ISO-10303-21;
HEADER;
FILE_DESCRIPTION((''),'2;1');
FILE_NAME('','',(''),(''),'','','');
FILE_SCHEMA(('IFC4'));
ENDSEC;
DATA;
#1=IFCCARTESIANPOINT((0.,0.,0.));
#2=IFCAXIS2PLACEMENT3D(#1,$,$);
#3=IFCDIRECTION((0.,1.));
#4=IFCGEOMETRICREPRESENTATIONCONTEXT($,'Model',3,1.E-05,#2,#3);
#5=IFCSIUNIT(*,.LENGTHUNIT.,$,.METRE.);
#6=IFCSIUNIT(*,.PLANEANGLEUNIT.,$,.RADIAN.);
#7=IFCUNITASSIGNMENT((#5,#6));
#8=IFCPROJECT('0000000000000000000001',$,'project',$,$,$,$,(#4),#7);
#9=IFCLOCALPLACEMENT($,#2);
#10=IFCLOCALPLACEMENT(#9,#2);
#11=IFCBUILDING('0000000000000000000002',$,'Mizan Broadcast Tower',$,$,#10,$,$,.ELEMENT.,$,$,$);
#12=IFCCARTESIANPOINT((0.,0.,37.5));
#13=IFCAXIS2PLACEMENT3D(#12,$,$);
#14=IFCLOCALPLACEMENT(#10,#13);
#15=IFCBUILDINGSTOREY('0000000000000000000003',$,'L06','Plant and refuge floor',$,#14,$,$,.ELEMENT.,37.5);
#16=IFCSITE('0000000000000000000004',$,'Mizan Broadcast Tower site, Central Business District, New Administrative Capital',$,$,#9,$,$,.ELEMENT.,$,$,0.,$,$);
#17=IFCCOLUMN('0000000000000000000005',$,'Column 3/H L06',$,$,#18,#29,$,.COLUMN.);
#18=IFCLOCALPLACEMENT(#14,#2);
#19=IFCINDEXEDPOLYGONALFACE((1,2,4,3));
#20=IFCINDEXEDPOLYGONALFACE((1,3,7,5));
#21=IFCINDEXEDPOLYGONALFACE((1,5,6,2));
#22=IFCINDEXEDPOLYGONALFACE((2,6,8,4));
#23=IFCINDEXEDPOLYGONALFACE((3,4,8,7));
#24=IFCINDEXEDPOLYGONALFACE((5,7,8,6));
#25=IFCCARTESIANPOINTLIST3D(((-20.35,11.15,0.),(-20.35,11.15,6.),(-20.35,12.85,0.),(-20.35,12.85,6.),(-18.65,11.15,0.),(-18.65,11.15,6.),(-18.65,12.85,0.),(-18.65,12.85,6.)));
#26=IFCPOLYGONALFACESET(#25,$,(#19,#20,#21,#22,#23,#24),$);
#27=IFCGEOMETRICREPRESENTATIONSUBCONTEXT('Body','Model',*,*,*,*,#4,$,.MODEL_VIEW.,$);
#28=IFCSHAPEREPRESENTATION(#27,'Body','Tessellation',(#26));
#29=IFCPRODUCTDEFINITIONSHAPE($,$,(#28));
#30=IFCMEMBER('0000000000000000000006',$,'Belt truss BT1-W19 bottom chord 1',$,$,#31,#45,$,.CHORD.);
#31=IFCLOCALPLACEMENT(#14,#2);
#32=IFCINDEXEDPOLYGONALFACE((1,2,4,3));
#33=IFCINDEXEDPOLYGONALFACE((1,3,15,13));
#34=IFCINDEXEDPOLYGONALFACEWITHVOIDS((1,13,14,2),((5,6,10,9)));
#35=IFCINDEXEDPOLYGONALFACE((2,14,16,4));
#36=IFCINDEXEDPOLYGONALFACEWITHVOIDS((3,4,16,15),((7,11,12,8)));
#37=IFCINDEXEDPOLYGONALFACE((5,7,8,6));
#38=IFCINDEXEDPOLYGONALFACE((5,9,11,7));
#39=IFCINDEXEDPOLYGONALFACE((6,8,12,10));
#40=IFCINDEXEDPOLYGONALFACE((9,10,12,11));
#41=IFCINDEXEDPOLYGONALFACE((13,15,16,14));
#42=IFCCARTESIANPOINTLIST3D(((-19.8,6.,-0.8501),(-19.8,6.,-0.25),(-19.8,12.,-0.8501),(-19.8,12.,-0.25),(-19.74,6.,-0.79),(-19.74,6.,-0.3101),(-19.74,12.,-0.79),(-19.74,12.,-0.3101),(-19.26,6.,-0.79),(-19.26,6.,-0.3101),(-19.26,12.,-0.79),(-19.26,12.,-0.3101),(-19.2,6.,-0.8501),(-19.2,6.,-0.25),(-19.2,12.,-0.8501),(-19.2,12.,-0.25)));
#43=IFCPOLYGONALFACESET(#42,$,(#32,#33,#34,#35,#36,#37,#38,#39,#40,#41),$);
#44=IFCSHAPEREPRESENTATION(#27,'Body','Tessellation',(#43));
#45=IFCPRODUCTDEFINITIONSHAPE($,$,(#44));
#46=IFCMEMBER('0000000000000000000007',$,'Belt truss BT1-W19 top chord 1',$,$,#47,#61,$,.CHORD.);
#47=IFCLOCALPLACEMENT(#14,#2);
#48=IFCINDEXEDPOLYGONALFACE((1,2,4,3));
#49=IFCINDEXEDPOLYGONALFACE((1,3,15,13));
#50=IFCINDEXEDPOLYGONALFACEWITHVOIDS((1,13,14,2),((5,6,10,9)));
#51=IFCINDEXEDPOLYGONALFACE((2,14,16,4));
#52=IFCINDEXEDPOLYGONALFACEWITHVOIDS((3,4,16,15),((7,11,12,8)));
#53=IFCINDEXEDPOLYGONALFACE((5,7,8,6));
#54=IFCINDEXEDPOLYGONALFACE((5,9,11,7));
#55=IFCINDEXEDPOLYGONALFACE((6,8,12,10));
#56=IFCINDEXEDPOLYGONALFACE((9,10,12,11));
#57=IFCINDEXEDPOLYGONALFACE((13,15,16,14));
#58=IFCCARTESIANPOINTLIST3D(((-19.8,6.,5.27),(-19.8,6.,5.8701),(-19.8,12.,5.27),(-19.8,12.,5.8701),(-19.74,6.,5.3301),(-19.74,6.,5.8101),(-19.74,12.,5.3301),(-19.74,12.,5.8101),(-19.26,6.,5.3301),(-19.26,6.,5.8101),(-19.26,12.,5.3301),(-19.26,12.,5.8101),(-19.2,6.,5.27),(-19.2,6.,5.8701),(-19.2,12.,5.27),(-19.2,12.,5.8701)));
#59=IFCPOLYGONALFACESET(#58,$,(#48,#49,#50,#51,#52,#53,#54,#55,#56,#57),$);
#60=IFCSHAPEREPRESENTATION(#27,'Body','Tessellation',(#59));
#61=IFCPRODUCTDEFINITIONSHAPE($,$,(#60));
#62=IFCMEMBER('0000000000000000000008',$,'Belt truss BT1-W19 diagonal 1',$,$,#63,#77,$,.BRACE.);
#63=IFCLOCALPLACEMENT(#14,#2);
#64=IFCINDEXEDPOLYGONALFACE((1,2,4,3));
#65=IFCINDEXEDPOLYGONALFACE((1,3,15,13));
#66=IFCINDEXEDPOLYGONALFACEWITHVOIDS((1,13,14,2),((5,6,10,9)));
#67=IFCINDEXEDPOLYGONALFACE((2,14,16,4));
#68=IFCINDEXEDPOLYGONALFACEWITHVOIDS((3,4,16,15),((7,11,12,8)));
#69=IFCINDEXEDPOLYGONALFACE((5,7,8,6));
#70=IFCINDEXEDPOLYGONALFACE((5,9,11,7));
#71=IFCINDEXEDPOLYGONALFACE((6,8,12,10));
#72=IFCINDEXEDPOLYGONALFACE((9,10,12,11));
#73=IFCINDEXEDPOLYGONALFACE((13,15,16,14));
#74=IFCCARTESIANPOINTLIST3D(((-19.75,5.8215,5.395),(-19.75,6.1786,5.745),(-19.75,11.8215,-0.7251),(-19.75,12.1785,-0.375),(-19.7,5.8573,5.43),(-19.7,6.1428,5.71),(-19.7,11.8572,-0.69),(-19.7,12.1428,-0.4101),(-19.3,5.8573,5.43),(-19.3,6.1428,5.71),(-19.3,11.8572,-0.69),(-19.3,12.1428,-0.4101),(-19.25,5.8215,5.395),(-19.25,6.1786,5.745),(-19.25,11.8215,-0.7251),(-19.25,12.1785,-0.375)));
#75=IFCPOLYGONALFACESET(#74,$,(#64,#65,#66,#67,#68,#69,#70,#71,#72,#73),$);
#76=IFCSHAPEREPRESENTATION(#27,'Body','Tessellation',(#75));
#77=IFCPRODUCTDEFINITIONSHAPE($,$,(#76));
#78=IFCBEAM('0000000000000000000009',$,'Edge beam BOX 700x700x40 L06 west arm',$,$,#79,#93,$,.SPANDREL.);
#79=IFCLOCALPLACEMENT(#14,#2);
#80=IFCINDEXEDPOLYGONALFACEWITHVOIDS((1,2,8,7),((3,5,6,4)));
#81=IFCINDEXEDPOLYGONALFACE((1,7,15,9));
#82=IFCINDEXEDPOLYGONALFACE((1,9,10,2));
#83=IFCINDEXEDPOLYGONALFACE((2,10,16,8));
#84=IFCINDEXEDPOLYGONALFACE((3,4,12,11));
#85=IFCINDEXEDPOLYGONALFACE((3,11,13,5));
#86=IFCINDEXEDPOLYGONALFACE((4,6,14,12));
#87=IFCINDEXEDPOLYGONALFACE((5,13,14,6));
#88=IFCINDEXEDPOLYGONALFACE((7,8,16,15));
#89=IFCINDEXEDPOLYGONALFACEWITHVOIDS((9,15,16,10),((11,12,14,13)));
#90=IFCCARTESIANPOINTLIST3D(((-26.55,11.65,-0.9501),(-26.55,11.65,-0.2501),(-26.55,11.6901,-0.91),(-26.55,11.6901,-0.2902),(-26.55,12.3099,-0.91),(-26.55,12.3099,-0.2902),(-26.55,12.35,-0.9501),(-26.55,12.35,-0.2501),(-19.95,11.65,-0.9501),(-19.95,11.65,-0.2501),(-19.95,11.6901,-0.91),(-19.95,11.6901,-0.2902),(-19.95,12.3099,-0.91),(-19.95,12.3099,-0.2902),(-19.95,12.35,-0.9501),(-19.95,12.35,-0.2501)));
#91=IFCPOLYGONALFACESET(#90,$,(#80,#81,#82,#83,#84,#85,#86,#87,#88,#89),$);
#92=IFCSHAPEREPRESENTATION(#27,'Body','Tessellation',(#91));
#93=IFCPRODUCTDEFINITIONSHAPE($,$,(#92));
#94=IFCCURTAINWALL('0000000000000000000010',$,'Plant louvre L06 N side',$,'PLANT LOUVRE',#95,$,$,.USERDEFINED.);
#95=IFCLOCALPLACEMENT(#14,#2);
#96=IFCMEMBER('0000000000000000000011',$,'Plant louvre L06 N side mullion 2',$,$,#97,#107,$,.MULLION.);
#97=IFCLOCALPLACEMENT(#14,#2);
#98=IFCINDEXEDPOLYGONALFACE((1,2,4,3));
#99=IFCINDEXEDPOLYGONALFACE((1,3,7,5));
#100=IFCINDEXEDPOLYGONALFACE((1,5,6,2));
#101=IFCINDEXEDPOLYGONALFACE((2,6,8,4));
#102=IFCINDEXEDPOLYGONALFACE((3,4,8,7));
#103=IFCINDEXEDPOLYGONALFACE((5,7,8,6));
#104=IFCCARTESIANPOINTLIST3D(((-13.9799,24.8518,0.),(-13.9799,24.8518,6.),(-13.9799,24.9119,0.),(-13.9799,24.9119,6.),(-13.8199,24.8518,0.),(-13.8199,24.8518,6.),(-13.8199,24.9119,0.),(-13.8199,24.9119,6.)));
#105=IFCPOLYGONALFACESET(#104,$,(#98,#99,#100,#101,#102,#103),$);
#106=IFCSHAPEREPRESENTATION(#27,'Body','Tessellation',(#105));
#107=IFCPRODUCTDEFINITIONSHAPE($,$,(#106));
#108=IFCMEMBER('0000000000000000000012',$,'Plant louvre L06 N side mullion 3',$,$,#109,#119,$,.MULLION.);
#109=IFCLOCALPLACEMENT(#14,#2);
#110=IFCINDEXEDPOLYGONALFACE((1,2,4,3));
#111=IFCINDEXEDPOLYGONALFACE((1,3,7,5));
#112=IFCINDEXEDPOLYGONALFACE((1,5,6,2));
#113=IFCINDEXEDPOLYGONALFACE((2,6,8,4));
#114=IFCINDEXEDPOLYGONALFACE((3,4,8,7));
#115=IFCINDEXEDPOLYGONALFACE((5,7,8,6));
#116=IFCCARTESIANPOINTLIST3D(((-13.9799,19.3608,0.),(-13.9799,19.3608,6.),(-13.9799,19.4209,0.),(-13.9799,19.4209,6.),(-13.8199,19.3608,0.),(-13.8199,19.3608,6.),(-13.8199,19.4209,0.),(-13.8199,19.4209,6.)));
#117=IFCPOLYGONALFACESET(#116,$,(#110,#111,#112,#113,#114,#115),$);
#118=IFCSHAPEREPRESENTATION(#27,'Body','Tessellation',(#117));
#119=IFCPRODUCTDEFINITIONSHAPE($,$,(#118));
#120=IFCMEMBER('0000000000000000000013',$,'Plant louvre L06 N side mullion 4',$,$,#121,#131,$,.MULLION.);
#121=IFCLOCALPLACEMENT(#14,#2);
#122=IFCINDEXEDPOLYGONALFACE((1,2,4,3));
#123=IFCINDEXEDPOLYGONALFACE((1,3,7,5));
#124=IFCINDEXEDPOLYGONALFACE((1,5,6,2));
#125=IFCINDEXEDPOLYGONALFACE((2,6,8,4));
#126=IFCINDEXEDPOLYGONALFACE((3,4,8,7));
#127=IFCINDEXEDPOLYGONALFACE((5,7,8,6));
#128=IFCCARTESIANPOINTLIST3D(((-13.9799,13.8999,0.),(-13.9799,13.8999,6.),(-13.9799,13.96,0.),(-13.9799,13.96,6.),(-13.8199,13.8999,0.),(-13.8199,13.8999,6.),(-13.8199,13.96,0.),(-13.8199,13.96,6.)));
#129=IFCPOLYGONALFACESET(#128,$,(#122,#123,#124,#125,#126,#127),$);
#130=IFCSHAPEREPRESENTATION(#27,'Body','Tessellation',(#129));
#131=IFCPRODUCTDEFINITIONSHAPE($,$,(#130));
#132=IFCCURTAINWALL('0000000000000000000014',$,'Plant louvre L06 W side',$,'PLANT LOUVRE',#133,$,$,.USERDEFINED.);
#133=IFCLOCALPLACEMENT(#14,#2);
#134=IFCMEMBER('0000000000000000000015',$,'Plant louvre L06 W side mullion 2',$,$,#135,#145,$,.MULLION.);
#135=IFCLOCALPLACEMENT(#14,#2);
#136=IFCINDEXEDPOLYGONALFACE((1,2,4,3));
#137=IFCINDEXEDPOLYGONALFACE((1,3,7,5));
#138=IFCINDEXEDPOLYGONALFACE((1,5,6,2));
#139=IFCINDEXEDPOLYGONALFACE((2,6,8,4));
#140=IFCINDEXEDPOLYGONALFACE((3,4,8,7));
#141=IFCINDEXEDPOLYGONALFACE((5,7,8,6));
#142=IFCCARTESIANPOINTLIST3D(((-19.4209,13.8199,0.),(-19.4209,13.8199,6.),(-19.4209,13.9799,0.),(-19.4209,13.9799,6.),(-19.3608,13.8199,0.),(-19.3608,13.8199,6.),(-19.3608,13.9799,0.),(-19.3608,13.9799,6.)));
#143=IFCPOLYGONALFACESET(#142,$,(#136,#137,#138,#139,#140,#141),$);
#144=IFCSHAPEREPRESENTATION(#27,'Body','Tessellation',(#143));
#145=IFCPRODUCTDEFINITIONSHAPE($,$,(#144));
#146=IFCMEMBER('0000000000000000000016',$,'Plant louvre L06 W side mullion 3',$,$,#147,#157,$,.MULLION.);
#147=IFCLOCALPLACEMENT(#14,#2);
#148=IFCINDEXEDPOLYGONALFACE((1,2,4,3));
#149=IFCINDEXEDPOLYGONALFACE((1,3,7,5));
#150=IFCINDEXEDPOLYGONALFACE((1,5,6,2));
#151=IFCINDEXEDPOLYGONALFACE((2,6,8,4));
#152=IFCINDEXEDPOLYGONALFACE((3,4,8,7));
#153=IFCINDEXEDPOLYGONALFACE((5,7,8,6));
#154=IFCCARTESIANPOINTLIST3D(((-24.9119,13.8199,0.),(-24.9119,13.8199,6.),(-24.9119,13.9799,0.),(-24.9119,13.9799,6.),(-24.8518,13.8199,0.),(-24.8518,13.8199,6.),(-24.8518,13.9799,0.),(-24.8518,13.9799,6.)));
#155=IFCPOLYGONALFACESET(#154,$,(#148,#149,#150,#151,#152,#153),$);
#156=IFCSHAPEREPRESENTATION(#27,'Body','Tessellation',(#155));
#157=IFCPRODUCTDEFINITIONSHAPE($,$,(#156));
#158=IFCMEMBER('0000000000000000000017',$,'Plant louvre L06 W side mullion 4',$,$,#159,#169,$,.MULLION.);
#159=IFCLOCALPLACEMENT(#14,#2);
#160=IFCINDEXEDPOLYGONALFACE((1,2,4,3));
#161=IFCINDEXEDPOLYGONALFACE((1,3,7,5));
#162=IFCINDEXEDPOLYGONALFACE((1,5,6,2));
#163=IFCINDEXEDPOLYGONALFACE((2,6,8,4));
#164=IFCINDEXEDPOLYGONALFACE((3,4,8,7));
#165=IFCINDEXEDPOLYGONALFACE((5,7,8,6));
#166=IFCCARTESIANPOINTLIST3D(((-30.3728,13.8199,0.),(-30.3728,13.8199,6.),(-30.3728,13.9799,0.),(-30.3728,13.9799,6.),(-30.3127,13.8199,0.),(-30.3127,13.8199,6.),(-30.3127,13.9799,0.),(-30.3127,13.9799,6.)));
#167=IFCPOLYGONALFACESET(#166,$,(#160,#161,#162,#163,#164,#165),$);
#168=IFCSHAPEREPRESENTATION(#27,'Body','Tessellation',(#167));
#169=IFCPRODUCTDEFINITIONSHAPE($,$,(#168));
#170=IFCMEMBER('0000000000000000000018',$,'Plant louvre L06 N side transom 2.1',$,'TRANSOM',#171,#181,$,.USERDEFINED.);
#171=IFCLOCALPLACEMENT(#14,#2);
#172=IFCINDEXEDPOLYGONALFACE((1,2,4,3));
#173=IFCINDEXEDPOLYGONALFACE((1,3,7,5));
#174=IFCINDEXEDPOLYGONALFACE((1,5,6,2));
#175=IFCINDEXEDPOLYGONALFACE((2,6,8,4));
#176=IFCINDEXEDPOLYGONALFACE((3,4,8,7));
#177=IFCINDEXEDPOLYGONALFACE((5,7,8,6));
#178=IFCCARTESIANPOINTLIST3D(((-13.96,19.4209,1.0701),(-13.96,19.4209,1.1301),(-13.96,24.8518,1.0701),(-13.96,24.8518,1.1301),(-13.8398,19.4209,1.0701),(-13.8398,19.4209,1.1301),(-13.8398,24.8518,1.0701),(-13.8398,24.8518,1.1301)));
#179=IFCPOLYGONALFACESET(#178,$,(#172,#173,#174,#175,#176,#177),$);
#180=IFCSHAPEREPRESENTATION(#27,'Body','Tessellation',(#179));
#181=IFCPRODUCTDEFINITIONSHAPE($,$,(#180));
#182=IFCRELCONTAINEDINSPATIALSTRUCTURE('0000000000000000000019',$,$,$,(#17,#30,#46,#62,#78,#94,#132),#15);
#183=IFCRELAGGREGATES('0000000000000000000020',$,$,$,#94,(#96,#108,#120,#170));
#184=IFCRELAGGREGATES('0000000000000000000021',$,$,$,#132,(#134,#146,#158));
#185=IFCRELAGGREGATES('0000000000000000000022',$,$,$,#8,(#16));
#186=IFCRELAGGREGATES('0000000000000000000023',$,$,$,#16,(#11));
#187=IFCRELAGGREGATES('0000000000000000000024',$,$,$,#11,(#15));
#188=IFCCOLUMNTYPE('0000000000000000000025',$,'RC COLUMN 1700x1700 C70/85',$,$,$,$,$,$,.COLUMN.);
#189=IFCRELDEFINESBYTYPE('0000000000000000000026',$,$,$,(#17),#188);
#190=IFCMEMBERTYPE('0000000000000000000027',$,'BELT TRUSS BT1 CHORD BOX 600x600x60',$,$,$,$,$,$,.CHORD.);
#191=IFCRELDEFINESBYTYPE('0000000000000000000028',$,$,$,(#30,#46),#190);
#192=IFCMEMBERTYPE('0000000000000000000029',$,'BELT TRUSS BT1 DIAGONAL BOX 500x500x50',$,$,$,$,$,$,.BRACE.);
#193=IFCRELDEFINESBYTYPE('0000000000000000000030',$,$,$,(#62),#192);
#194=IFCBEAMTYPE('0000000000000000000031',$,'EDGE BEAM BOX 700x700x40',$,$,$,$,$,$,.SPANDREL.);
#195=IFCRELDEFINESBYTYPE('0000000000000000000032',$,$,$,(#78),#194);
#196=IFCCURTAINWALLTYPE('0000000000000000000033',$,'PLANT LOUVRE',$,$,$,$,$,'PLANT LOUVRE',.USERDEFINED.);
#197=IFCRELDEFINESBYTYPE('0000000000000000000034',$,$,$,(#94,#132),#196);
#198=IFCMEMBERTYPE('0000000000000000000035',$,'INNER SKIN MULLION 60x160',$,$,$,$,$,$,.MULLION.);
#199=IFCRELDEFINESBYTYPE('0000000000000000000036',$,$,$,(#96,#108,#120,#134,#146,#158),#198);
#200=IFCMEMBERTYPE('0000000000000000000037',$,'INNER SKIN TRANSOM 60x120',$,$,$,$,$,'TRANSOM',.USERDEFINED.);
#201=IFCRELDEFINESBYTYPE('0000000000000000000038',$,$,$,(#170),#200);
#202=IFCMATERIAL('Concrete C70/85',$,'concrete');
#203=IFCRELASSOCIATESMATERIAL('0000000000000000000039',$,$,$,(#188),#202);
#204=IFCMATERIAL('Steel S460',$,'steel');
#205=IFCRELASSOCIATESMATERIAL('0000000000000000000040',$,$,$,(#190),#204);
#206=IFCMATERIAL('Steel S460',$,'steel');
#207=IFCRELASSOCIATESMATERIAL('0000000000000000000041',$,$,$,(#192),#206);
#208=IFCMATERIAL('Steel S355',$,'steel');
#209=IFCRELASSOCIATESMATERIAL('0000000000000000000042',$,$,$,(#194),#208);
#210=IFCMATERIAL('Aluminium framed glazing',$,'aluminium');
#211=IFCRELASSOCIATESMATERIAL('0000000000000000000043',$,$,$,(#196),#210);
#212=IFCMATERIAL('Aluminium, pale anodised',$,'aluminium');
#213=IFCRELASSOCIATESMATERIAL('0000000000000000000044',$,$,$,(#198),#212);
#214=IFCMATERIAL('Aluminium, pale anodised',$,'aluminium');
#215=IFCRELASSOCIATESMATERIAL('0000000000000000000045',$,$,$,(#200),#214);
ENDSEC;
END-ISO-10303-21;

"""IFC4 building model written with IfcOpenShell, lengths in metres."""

from ifc_helpers import new_model, si_unit, direction, frame, origin, origin_2d, place, context, subcontext, project, spatial, rectangle, hollow_rectangle, extrude, material, material_profile, profile_set, type_object, element, aggregate, save


model = new_model("IFC4")

# Units and contexts
model_context = context("Model", 3, precision=1e-05, world=origin(), true_north=direction((0.0, 1.0)))
body_context = subcontext(model_context, "Body", "Model", "MODEL_VIEW")
ifc_project = project(units=[si_unit("LENGTHUNIT", "METRE"), si_unit("PLANEANGLEUNIT", "RADIAN")], contexts=[model_context])

# Site, building, storey
site_placement = place(None, origin())
site = spatial("IfcSite", under=ifc_project, at=site_placement, Name="Mizan Broadcast Tower site, Central Business District, New Administrative Capital", CompositionType="ELEMENT", RefElevation=0.0)
building_placement = place(site_placement, origin())
building = spatial("IfcBuilding", under=site, at=building_placement, Name="Mizan Broadcast Tower", CompositionType="ELEMENT")
storey_placement = place(building_placement, frame((0.0, 0.0, 37.5)))
storey = spatial("IfcBuildingStorey", under=building, at=storey_placement, Name="L06", Description="Plant and refuge floor", CompositionType="ELEMENT", Elevation=37.5)

# Column
ifc_material_1 = material(Name="Concrete C70/85", Category="concrete")
ifc_material_profile_1 = material_profile(ifc_material_1, rectangle(XDim=1.7, YDim=1.7, at=origin_2d()), Name="RC 1700x1700")
ifc_profile_set_1 = profile_set([ifc_material_profile_1], Name="Concrete C70/85")
column_type = type_object("IfcColumnType", Name="RC COLUMN 1700x1700 C70/85", PredefinedType="COLUMN", material=ifc_profile_set_1)
column_placement = place(storey_placement, frame((-19.5, 12.0, 0.0), z_axis=(0.0, 0.0, 1.0), x_axis=(1.0, 0.0, 0.0)))
element("IfcColumn", 1, at=column_placement, inside=storey, type_object=column_type, Name="Column 3/H L06", PredefinedType="COLUMN", context=body_context, shape_type="SweptSolid", body=[
    extrude(rectangle(XDim=1.7, YDim=1.7, at=origin_2d()), origin(), (0.0, 0.0, 1.0), 6.0),
])

# Members
ifc_material_2 = material(Name="Steel S460", Category="steel")
ifc_material_profile_2 = material_profile(ifc_material_2, hollow_rectangle(XDim=0.6001, YDim=0.6001, WallThickness=0.0601, at=origin_2d()), Name="BOX 600x600x60")
ifc_profile_set_2 = profile_set([ifc_material_profile_2], Name="Steel S460")
member_type_1 = type_object("IfcMemberType", Name="BELT TRUSS BT1 CHORD BOX 600x600x60", PredefinedType="CHORD", material=ifc_profile_set_2)
for number, where, z_axis, x_axis, name in (
    (2, (-19.5, 12.0, -0.55), (0.0, -1.0, 0.0), (1.0, 0.0, 0.0), "Belt truss BT1-W19 bottom chord 1"),
    (3, (-19.5, 12.0, 5.5701), (0.0, -1.0, 0.0), (1.0, 0.0, 0.0), "Belt truss BT1-W19 top chord 1"),
):
    element("IfcMember", number, at=place(storey_placement, frame(where, z_axis=z_axis, x_axis=x_axis)), inside=storey, type_object=member_type_1, Name=name, PredefinedType="CHORD", context=body_context, shape_type="SweptSolid", body=[
        extrude(hollow_rectangle(XDim=0.6001, YDim=0.6001, WallThickness=0.0601, at=origin_2d()), origin(), (0.0, 0.0, 1.0), 6.0),
    ])
ifc_material_3 = material(Name="Steel S460", Category="steel")
ifc_material_profile_3 = material_profile(ifc_material_3, hollow_rectangle(XDim=0.5, YDim=0.5, WallThickness=0.05, at=origin_2d()), Name="BOX 500x500x50")
ifc_profile_set_3 = profile_set([ifc_material_profile_3], Name="Steel S460")
member_type_2 = type_object("IfcMemberType", Name="BELT TRUSS BT1 DIAGONAL BOX 500x500x50", PredefinedType="BRACE", material=ifc_profile_set_3)
member_1_placement = place(storey_placement, frame((-19.5, 12.0, -0.55), z_axis=(0.0, -0.700065, 0.71408), x_axis=(1.0, 0.0, 0.0)))
element("IfcMember", 4, at=member_1_placement, inside=storey, type_object=member_type_2, Name="Belt truss BT1-W19 diagonal 1", PredefinedType="BRACE", context=body_context, shape_type="SweptSolid", body=[
    extrude(hollow_rectangle(XDim=0.5, YDim=0.5, WallThickness=0.05, at=origin_2d()), origin(), (0.0, 0.0, 1.0), 8.5706),
])

# Beam
ifc_material_4 = material(Name="Steel S355", Category="steel")
ifc_material_profile_4 = material_profile(ifc_material_4, hollow_rectangle(XDim=0.7, YDim=0.7, WallThickness=0.04, at=origin_2d()), Name="BOX 700x700x40")
ifc_profile_set_4 = profile_set([ifc_material_profile_4], Name="Steel S355")
beam_type = type_object("IfcBeamType", Name="EDGE BEAM BOX 700x700x40", PredefinedType="SPANDREL", material=ifc_profile_set_4)
beam_placement = place(storey_placement, frame((-19.95, 12.0, -0.6001), z_axis=(-1.0, 0.0, 0.0), x_axis=(0.0, -1.0, 0.0)))
element("IfcBeam", 5, at=beam_placement, inside=storey, type_object=beam_type, Name="Edge beam BOX 700x700x40 L06 west arm", PredefinedType="SPANDREL", context=body_context, shape_type="SweptSolid", body=[
    extrude(hollow_rectangle(XDim=0.7, YDim=0.7, WallThickness=0.04, at=origin_2d()), origin(), (0.0, 0.0, 1.0), 6.6001),
])

# Curtain walls, members
ifc_material_5 = material(Name="Aluminium framed glazing", Category="aluminium")
curtain_wall_type = type_object("IfcCurtainWallType", Name="PLANT LOUVRE", ElementType="PLANT LOUVRE", PredefinedType="USERDEFINED", material=ifc_material_5)
curtain_wall_1_placement = place(storey_placement, origin())
curtain_wall_1 = element("IfcCurtainWall", 6, at=curtain_wall_1_placement, inside=storey, type_object=curtain_wall_type, Name="Plant louvre L06 N side", ObjectType="PLANT LOUVRE", PredefinedType="USERDEFINED")
ifc_material_6 = material(Name="Aluminium, pale anodised", Category="aluminium")
ifc_material_profile_5 = material_profile(ifc_material_6, rectangle(XDim=0.1599, YDim=0.0601, at=origin_2d()), Name="MULLION 160x60")
ifc_profile_set_5 = profile_set([ifc_material_profile_5], Name="Aluminium, pale anodised")
member_type_3 = type_object("IfcMemberType", Name="INNER SKIN MULLION 60x160", PredefinedType="MULLION", material=ifc_profile_set_5)
member_2_placement = place(storey_placement, frame((-13.8999, 24.8818, 0.0), z_axis=(0.0, 0.0, 1.0), x_axis=(1.0, 0.0, 0.0)))
member_2 = element("IfcMember", 7, at=member_2_placement, type_object=member_type_3, Name="Plant louvre L06 N side mullion 2", PredefinedType="MULLION", context=body_context, shape_type="SweptSolid", body=[
    extrude(rectangle(XDim=0.1599, YDim=0.0601, at=origin_2d()), origin(), (0.0, 0.0, 1.0), 6.0),
])
member_3_placement = place(storey_placement, frame((-13.8999, 19.3909, 0.0), z_axis=(0.0, 0.0, 1.0), x_axis=(1.0, 0.0, 0.0)))
member_3 = element("IfcMember", 8, at=member_3_placement, type_object=member_type_3, Name="Plant louvre L06 N side mullion 3", PredefinedType="MULLION", context=body_context, shape_type="SweptSolid", body=[
    extrude(rectangle(XDim=0.1599, YDim=0.0601, at=origin_2d()), origin(), (0.0, 0.0, 1.0), 6.0),
])
member_4_placement = place(storey_placement, frame((-13.8999, 13.9299, 0.0), z_axis=(0.0, 0.0, 1.0), x_axis=(1.0, 0.0, 0.0)))
member_4 = element("IfcMember", 9, at=member_4_placement, type_object=member_type_3, Name="Plant louvre L06 N side mullion 4", PredefinedType="MULLION", context=body_context, shape_type="SweptSolid", body=[
    extrude(rectangle(XDim=0.1599, YDim=0.0601, at=origin_2d()), origin(), (0.0, 0.0, 1.0), 6.0),
])
curtain_wall_2_placement = place(storey_placement, origin())
curtain_wall_2 = element("IfcCurtainWall", 10, at=curtain_wall_2_placement, inside=storey, type_object=curtain_wall_type, Name="Plant louvre L06 W side", ObjectType="PLANT LOUVRE", PredefinedType="USERDEFINED")
member_5_placement = place(storey_placement, frame((-19.3909, 13.8999, 0.0), z_axis=(0.0, 0.0, 1.0), x_axis=(0.0, -1.0, 0.0)))
member_5 = element("IfcMember", 11, at=member_5_placement, type_object=member_type_3, Name="Plant louvre L06 W side mullion 2", PredefinedType="MULLION", context=body_context, shape_type="SweptSolid", body=[
    extrude(rectangle(XDim=0.1599, YDim=0.0601, at=origin_2d()), origin(), (0.0, 0.0, 1.0), 6.0),
])
member_6_placement = place(storey_placement, frame((-24.8818, 13.8999, 0.0), z_axis=(0.0, 0.0, 1.0), x_axis=(0.0, -1.0, 0.0)))
member_6 = element("IfcMember", 12, at=member_6_placement, type_object=member_type_3, Name="Plant louvre L06 W side mullion 3", PredefinedType="MULLION", context=body_context, shape_type="SweptSolid", body=[
    extrude(rectangle(XDim=0.1599, YDim=0.0601, at=origin_2d()), origin(), (0.0, 0.0, 1.0), 6.0),
])
member_7_placement = place(storey_placement, frame((-30.3428, 13.8999, 0.0), z_axis=(0.0, 0.0, 1.0), x_axis=(0.0, -1.0, 0.0)))
member_7 = element("IfcMember", 13, at=member_7_placement, type_object=member_type_3, Name="Plant louvre L06 W side mullion 4", PredefinedType="MULLION", context=body_context, shape_type="SweptSolid", body=[
    extrude(rectangle(XDim=0.1599, YDim=0.0601, at=origin_2d()), origin(), (0.0, 0.0, 1.0), 6.0),
])

# Member
ifc_material_7 = material(Name="Aluminium, pale anodised", Category="aluminium")
ifc_material_profile_6 = material_profile(ifc_material_7, rectangle(XDim=0.1201, YDim=0.0601, at=origin_2d()), Name="TRANSOM 120x60")
ifc_profile_set_6 = profile_set([ifc_material_profile_6], Name="Aluminium, pale anodised")
member_type_4 = type_object("IfcMemberType", Name="INNER SKIN TRANSOM 60x120", ElementType="TRANSOM", PredefinedType="USERDEFINED", material=ifc_profile_set_6)
member_8_placement = place(storey_placement, frame((-13.8999, 24.8518, 1.1001), z_axis=(0.0, -1.0, 0.0), x_axis=(1.0, 0.0, 0.0)))
member_8 = element("IfcMember", 14, at=member_8_placement, type_object=member_type_4, Name="Plant louvre L06 N side transom 2.1", ObjectType="TRANSOM", PredefinedType="USERDEFINED", context=body_context, shape_type="SweptSolid", body=[
    extrude(rectangle(XDim=0.1201, YDim=0.0601, at=origin_2d()), origin(), (0.0, 0.0, 1.0), 5.4309),
])

aggregate(curtain_wall_1, [member_2, member_3, member_4, member_8])
aggregate(curtain_wall_2, [member_5, member_6, member_7])

save(model, "model.ifc")
